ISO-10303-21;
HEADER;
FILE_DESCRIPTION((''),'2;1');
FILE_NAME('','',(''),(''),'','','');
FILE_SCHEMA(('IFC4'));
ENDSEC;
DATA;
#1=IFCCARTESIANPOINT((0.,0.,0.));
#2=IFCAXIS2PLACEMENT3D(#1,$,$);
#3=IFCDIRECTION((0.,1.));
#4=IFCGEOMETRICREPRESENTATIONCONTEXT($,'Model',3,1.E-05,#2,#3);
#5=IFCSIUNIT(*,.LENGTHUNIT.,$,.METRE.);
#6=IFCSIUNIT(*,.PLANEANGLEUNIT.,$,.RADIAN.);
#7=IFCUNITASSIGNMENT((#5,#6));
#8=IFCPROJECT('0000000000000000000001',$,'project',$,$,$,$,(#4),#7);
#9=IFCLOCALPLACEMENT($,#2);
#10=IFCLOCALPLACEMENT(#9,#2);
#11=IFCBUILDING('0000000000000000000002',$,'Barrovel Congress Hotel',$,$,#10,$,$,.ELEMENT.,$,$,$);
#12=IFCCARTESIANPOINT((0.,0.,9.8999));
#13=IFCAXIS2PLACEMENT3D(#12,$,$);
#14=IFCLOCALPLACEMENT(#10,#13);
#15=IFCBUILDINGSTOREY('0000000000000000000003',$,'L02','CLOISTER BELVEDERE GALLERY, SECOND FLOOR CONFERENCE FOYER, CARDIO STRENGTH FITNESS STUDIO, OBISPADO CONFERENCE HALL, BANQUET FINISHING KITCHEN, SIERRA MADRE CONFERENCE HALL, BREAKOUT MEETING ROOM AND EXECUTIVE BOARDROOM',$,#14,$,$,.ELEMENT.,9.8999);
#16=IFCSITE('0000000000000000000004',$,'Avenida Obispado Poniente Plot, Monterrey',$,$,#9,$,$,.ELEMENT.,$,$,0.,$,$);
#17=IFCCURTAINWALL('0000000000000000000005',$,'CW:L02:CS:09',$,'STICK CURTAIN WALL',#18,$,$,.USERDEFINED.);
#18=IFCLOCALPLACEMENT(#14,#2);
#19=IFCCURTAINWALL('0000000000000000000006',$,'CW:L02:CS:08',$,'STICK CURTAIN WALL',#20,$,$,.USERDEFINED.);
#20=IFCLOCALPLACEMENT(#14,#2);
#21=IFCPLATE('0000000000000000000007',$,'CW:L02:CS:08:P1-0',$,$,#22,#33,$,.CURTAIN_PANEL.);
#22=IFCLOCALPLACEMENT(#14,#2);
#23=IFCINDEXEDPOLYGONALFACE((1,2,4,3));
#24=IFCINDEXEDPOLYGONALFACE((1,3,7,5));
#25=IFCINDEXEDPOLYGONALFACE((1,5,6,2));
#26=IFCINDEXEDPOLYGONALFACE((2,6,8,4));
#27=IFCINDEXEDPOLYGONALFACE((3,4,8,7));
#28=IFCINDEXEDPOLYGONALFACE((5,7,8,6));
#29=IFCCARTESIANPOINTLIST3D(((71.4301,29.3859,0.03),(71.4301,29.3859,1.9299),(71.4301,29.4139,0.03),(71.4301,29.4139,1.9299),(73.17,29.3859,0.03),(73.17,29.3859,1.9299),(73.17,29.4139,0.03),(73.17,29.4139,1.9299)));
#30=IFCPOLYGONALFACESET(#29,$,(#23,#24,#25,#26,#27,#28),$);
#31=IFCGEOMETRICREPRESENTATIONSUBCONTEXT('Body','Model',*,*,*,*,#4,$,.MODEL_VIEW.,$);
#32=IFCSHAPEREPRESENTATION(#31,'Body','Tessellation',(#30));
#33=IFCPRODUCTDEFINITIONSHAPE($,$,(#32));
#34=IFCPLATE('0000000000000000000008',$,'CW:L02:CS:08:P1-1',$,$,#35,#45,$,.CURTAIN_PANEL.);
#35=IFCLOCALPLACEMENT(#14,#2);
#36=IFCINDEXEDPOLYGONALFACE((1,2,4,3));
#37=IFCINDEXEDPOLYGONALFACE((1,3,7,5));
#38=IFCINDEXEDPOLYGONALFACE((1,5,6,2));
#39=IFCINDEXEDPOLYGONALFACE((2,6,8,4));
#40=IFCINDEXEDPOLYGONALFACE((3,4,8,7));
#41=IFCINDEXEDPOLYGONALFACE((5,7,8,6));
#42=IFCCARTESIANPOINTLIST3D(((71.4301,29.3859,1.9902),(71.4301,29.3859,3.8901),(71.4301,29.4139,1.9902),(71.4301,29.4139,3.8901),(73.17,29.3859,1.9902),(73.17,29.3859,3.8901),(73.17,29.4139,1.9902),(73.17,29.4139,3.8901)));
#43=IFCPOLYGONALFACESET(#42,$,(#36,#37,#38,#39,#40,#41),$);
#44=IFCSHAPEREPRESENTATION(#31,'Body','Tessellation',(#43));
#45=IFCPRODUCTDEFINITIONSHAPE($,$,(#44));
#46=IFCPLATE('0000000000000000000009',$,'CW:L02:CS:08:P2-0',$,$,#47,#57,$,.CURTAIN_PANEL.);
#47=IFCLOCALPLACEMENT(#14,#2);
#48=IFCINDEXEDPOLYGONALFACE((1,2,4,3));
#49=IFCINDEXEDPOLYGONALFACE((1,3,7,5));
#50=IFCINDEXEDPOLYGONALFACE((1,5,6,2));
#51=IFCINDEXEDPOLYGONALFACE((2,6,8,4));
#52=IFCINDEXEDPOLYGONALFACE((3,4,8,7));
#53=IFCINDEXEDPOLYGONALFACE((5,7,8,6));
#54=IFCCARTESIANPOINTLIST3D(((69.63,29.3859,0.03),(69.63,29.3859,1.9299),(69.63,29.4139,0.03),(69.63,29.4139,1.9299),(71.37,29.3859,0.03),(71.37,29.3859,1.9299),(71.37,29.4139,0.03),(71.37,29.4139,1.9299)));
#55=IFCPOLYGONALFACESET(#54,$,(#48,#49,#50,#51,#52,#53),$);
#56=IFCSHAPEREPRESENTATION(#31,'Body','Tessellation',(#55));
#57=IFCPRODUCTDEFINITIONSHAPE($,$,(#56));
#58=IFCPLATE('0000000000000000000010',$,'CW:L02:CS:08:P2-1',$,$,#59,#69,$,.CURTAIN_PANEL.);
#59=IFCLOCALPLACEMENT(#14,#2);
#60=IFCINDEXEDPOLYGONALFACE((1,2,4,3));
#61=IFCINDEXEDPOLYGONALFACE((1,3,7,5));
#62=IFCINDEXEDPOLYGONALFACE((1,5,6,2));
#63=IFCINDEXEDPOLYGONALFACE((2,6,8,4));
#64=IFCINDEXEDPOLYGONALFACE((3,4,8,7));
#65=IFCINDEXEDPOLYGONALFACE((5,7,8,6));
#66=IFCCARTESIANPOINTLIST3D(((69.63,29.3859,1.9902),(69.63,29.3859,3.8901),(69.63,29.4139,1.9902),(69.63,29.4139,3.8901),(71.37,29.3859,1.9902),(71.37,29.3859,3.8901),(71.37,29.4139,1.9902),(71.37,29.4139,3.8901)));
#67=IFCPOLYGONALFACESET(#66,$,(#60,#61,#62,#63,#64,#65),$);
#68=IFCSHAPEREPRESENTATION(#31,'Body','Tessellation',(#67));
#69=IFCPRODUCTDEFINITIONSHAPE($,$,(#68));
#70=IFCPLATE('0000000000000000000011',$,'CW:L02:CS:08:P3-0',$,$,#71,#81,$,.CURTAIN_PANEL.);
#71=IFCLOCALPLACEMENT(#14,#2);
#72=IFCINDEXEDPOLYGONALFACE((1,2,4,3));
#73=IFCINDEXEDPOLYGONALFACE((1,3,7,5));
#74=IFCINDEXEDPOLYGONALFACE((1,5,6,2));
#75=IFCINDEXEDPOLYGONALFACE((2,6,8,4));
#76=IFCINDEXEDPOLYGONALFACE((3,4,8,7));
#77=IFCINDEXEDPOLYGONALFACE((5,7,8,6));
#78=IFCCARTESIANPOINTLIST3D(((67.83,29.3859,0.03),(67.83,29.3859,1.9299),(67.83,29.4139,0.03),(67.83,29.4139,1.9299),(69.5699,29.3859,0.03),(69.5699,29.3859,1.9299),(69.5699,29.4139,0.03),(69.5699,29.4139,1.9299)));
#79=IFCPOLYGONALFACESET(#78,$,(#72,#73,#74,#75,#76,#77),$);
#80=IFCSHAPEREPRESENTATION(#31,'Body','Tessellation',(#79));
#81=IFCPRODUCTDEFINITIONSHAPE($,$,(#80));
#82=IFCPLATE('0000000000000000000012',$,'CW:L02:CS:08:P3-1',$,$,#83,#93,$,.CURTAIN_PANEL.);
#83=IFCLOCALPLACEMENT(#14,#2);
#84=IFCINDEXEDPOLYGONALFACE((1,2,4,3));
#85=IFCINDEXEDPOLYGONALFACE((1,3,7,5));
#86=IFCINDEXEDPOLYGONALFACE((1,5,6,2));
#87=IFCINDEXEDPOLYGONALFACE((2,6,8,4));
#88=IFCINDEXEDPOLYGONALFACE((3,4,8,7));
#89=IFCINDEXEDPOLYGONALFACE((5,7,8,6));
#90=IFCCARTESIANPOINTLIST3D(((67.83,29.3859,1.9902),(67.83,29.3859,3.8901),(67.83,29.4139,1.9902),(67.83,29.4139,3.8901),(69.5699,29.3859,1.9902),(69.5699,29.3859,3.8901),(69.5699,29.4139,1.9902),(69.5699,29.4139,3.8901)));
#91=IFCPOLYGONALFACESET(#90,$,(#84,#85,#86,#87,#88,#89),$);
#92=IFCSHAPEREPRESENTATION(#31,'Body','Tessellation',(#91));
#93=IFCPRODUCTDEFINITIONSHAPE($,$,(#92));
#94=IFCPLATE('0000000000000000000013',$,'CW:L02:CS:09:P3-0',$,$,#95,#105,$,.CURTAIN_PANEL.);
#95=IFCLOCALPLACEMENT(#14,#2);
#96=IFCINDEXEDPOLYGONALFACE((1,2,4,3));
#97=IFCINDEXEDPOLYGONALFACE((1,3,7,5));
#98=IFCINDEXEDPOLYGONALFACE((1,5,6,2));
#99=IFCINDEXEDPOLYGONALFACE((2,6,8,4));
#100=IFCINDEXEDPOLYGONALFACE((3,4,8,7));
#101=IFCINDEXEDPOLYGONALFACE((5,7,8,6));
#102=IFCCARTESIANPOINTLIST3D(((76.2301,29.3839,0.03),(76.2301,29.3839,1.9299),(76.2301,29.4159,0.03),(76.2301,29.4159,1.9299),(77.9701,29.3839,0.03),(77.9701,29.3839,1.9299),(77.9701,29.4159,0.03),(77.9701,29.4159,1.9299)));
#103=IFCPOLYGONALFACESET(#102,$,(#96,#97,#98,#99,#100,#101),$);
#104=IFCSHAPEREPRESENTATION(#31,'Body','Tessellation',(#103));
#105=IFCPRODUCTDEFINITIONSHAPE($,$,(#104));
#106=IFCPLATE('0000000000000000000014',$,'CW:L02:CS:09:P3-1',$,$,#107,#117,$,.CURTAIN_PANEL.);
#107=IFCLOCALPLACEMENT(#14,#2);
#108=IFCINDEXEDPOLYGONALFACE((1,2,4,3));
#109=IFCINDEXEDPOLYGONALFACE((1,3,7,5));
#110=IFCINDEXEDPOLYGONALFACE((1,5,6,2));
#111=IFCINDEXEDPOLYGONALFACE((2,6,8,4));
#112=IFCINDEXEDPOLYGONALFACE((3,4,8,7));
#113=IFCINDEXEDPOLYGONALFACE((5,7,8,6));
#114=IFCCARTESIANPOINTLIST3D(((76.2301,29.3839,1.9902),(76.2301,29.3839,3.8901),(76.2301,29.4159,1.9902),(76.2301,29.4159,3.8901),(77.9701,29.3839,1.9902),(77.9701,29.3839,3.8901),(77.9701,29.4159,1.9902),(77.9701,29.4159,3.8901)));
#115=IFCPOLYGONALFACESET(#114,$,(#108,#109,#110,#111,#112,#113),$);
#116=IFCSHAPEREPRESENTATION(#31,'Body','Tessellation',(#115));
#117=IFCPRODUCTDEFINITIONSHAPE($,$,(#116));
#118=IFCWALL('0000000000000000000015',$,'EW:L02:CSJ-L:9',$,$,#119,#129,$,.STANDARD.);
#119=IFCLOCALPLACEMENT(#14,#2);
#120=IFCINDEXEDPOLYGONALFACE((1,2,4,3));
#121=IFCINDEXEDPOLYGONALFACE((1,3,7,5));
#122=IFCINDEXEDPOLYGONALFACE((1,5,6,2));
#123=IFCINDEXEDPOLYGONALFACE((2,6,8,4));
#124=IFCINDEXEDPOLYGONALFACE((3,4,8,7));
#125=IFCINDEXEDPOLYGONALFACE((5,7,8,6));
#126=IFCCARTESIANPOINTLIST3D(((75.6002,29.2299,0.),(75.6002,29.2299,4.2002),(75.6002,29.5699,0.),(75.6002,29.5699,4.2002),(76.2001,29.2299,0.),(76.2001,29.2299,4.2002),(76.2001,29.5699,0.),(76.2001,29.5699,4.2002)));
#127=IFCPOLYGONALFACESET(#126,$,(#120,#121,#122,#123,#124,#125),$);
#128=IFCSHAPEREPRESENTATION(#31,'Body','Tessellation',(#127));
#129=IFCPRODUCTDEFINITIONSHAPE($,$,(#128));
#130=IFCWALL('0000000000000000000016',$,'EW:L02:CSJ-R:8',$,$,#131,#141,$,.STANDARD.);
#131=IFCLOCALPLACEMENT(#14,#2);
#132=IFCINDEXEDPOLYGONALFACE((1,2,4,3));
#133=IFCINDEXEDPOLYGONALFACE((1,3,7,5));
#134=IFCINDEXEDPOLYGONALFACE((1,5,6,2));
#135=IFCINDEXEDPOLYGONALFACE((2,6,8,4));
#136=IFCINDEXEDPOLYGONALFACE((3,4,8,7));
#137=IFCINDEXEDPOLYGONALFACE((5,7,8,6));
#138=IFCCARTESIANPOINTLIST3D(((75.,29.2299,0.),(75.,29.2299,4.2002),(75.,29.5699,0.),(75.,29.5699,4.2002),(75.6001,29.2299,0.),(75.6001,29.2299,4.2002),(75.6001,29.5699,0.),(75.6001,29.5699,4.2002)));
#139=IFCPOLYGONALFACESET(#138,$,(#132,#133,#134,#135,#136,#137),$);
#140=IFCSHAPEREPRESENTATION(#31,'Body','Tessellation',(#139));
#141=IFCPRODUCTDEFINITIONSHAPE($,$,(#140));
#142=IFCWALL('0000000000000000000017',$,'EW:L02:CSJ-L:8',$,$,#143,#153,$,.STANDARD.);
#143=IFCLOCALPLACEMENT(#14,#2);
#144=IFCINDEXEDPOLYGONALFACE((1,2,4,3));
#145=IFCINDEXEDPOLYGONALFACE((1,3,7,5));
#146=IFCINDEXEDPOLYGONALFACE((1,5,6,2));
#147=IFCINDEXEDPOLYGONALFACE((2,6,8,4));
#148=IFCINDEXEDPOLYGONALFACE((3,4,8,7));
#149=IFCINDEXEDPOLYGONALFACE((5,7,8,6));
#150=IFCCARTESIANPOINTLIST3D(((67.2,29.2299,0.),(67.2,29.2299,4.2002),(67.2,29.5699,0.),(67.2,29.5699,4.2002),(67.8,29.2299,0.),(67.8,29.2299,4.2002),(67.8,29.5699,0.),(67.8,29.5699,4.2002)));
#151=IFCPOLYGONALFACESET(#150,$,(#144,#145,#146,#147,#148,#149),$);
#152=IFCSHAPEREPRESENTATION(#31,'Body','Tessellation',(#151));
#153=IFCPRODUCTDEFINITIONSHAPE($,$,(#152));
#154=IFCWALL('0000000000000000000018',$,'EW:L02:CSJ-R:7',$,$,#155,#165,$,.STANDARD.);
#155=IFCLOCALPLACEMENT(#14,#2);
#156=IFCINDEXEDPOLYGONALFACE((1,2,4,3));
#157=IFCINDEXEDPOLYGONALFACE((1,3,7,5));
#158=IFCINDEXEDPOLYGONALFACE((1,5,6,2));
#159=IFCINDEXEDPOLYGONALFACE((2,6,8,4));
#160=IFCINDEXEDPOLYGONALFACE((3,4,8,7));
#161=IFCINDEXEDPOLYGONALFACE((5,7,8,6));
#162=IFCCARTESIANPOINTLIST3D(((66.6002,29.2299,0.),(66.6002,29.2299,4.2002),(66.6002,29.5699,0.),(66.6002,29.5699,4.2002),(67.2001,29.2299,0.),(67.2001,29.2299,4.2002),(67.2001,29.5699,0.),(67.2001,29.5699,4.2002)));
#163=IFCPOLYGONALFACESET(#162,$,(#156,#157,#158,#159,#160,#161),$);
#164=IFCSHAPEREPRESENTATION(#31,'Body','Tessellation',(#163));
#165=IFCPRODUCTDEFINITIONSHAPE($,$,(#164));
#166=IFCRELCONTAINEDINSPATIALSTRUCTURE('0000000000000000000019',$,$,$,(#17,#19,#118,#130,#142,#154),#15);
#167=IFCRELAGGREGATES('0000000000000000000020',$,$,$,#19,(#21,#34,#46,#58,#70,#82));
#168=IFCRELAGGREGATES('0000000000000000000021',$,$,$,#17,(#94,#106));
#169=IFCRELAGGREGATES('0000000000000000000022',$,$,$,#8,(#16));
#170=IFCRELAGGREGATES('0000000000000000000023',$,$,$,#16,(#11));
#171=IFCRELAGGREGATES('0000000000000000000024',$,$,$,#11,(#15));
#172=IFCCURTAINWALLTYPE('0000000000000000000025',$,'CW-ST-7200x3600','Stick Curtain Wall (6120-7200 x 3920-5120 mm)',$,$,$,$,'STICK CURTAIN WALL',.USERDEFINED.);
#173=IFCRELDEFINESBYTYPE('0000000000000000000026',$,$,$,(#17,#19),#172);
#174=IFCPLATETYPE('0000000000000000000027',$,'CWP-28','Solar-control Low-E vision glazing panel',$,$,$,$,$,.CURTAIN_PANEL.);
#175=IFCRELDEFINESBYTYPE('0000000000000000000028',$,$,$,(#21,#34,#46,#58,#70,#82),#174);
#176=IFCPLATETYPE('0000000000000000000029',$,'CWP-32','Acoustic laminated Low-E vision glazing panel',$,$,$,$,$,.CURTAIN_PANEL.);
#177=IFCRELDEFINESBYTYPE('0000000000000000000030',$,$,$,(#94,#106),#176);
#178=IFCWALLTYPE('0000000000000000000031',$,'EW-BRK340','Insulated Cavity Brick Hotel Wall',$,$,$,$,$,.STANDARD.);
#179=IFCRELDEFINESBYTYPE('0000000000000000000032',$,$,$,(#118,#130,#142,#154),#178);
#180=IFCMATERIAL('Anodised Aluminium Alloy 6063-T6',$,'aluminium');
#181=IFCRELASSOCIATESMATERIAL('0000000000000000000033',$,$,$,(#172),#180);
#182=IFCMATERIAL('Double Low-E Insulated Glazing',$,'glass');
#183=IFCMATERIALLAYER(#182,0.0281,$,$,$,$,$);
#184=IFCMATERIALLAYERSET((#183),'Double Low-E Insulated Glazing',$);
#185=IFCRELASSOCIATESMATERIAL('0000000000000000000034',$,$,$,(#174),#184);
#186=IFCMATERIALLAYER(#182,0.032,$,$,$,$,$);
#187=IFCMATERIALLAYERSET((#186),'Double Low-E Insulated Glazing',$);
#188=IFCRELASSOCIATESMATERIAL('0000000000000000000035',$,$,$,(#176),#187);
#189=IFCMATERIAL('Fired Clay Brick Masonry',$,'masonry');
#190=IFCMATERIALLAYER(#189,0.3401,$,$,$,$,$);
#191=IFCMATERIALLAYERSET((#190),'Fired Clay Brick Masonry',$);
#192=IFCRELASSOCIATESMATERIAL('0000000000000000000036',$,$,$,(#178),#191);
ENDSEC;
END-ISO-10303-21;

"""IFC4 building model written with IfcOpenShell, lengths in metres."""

from ifc_helpers import new_model, si_unit, direction, frame, frame_2d, origin, origin_2d, place, context, subcontext, project, spatial, rectangle, extrude, material, layer, layer_set, type_object, element, aggregate, save


model = new_model("IFC4")

# Units and contexts
model_context = context("Model", 3, precision=1e-05, world=origin(), true_north=direction((0.0, 1.0)))
body_context = subcontext(model_context, "Body", "Model", "MODEL_VIEW")
ifc_project = project(units=[si_unit("LENGTHUNIT", "METRE"), si_unit("PLANEANGLEUNIT", "RADIAN")], contexts=[model_context])

# Site, building, storey
site_placement = place(None, origin())
site = spatial("IfcSite", under=ifc_project, at=site_placement, Name="Avenida Obispado Poniente Plot, Monterrey", CompositionType="ELEMENT", RefElevation=0.0)
building_placement = place(site_placement, origin())
building = spatial("IfcBuilding", under=site, at=building_placement, Name="Barrovel Congress Hotel", CompositionType="ELEMENT")
storey_placement = place(building_placement, frame((0.0, 0.0, 9.8999)))
storey = spatial("IfcBuildingStorey", under=building, at=storey_placement, Name="L02", Description="CLOISTER BELVEDERE GALLERY, SECOND FLOOR CONFERENCE FOYER, CARDIO STRENGTH FITNESS STUDIO, OBISPADO CONFERENCE HALL, BANQUET FINISHING KITCHEN, SIERRA MADRE CONFERENCE HALL, BREAKOUT MEETING ROOM AND EXECUTIVE BOARDROOM", CompositionType="ELEMENT", Elevation=9.8999)

# Curtain wall
ifc_material_1 = material(Name="Anodised Aluminium Alloy 6063-T6", Category="aluminium")
curtain_wall_type = type_object("IfcCurtainWallType", Name="CW-ST-7200x3600", Description="Stick Curtain Wall (6120-7200 x 3920-5120 mm)", ElementType="STICK CURTAIN WALL", PredefinedType="USERDEFINED", material=ifc_material_1)
curtain_wall_1_placement = place(storey_placement, origin())
curtain_wall_1 = element("IfcCurtainWall", 1, at=curtain_wall_1_placement, inside=storey, type_object=curtain_wall_type, Name="CW:L02:CS:09", ObjectType="STICK CURTAIN WALL", PredefinedType="USERDEFINED")

# Curtain wall, plates
curtain_wall_2_placement = place(storey_placement, origin())
curtain_wall_2 = element("IfcCurtainWall", 2, at=curtain_wall_2_placement, inside=storey, type_object=curtain_wall_type, Name="CW:L02:CS:08", ObjectType="STICK CURTAIN WALL", PredefinedType="USERDEFINED")
ifc_material_2 = material(Name="Double Low-E Insulated Glazing", Category="glass")
ifc_layer_1 = layer(ifc_material_2, 0.0281)
ifc_layer_set_1 = layer_set([ifc_layer_1], Name="Double Low-E Insulated Glazing")
plate_type_1 = type_object("IfcPlateType", Name="CWP-28", Description="Solar-control Low-E vision glazing panel", PredefinedType="CURTAIN_PANEL", material=ifc_layer_set_1)
plate_1_placement = place(storey_placement, frame((72.3, 29.3999, 0.03), z_axis=(0.0, 0.0, 1.0), x_axis=(-1.0, 0.0, 0.0)))
plate_1 = element("IfcPlate", 3, at=plate_1_placement, type_object=plate_type_1, Name="CW:L02:CS:08:P1-0", PredefinedType="CURTAIN_PANEL", context=body_context, shape_type="SweptSolid", body=[
    extrude(rectangle(XDim=1.74, YDim=0.0281, at=origin_2d()), origin(), (0.0, 0.0, 1.0), 1.8999),
])
plate_2_placement = place(storey_placement, frame((72.3, 29.3999, 1.9902), z_axis=(0.0, 0.0, 1.0), x_axis=(-1.0, 0.0, 0.0)))
plate_2 = element("IfcPlate", 4, at=plate_2_placement, type_object=plate_type_1, Name="CW:L02:CS:08:P1-1", PredefinedType="CURTAIN_PANEL", context=body_context, shape_type="SweptSolid", body=[
    extrude(rectangle(XDim=1.74, YDim=0.0281, at=origin_2d()), origin(), (0.0, 0.0, 1.0), 1.8999),
])
plate_3_placement = place(storey_placement, frame((70.5, 29.3999, 0.03), z_axis=(0.0, 0.0, 1.0), x_axis=(-1.0, 0.0, 0.0)))
plate_3 = element("IfcPlate", 5, at=plate_3_placement, type_object=plate_type_1, Name="CW:L02:CS:08:P2-0", PredefinedType="CURTAIN_PANEL", context=body_context, shape_type="SweptSolid", body=[
    extrude(rectangle(XDim=1.74, YDim=0.0281, at=origin_2d()), origin(), (0.0, 0.0, 1.0), 1.8999),
])
plate_4_placement = place(storey_placement, frame((70.5, 29.3999, 1.9902), z_axis=(0.0, 0.0, 1.0), x_axis=(-1.0, 0.0, 0.0)))
plate_4 = element("IfcPlate", 6, at=plate_4_placement, type_object=plate_type_1, Name="CW:L02:CS:08:P2-1", PredefinedType="CURTAIN_PANEL", context=body_context, shape_type="SweptSolid", body=[
    extrude(rectangle(XDim=1.74, YDim=0.0281, at=origin_2d()), origin(), (0.0, 0.0, 1.0), 1.8999),
])
plate_5_placement = place(storey_placement, frame((68.7, 29.3999, 0.03), z_axis=(0.0, 0.0, 1.0), x_axis=(-1.0, 0.0, 0.0)))
plate_5 = element("IfcPlate", 7, at=plate_5_placement, type_object=plate_type_1, Name="CW:L02:CS:08:P3-0", PredefinedType="CURTAIN_PANEL", context=body_context, shape_type="SweptSolid", body=[
    extrude(rectangle(XDim=1.74, YDim=0.0281, at=origin_2d()), origin(), (0.0, 0.0, 1.0), 1.8999),
])
plate_6_placement = place(storey_placement, frame((68.7, 29.3999, 1.9902), z_axis=(0.0, 0.0, 1.0), x_axis=(-1.0, 0.0, 0.0)))
plate_6 = element("IfcPlate", 8, at=plate_6_placement, type_object=plate_type_1, Name="CW:L02:CS:08:P3-1", PredefinedType="CURTAIN_PANEL", context=body_context, shape_type="SweptSolid", body=[
    extrude(rectangle(XDim=1.74, YDim=0.0281, at=origin_2d()), origin(), (0.0, 0.0, 1.0), 1.8999),
])
aggregate(curtain_wall_2, [plate_1, plate_2, plate_3, plate_4, plate_5, plate_6])

# Plates
ifc_layer_2 = layer(ifc_material_2, 0.032)
ifc_layer_set_2 = layer_set([ifc_layer_2], Name="Double Low-E Insulated Glazing")
plate_type_2 = type_object("IfcPlateType", Name="CWP-32", Description="Acoustic laminated Low-E vision glazing panel", PredefinedType="CURTAIN_PANEL", material=ifc_layer_set_2)
plate_7_placement = place(storey_placement, frame((77.1001, 29.3999, 0.03), z_axis=(0.0, 0.0, 1.0), x_axis=(-1.0, 0.0, 0.0)))
plate_7 = element("IfcPlate", 9, at=plate_7_placement, type_object=plate_type_2, Name="CW:L02:CS:09:P3-0", PredefinedType="CURTAIN_PANEL", context=body_context, shape_type="SweptSolid", body=[
    extrude(rectangle(XDim=1.74, YDim=0.032, at=origin_2d()), origin(), (0.0, 0.0, 1.0), 1.8999),
])
plate_8_placement = place(storey_placement, frame((77.1001, 29.3999, 1.9902), z_axis=(0.0, 0.0, 1.0), x_axis=(-1.0, 0.0, 0.0)))
plate_8 = element("IfcPlate", 10, at=plate_8_placement, type_object=plate_type_2, Name="CW:L02:CS:09:P3-1", PredefinedType="CURTAIN_PANEL", context=body_context, shape_type="SweptSolid", body=[
    extrude(rectangle(XDim=1.74, YDim=0.032, at=origin_2d()), origin(), (0.0, 0.0, 1.0), 1.8999),
])
aggregate(curtain_wall_1, [plate_7, plate_8])

# Walls
ifc_material_3 = material(Name="Fired Clay Brick Masonry", Category="masonry")
ifc_layer_3 = layer(ifc_material_3, 0.3401)
ifc_layer_set_3 = layer_set([ifc_layer_3], Name="Fired Clay Brick Masonry")
wall_type = type_object("IfcWallType", Name="EW-BRK340", Description="Insulated Cavity Brick Hotel Wall", PredefinedType="STANDARD", material=ifc_layer_set_3)
wall_1_placement = place(storey_placement, frame((76.2, 29.3999, 0.0), z_axis=(0.0, 0.0, 1.0), x_axis=(-1.0, 0.0, 0.0)))
element("IfcWall", 11, at=wall_1_placement, inside=storey, type_object=wall_type, Name="EW:L02:CSJ-L:9", PredefinedType="STANDARD", context=body_context, shape_type="SweptSolid", body=[
    extrude(rectangle(XDim=0.5999, YDim=0.3401, at=frame_2d((0.2998, 0.0))), origin(), (0.0, 0.0, 1.0), 4.2002),
])
for number, where, z_axis, x_axis, name in (
    (12, (75.6001, 29.3999, 0.0), (0.0, 0.0, 1.0), (-1.0, 0.0, 0.0), "EW:L02:CSJ-R:8"),
    (13, (67.8, 29.3999, 0.0), (0.0, 0.0, 1.0), (-1.0, 0.0, 0.0), "EW:L02:CSJ-L:8"),
):
    element("IfcWall", number, at=place(storey_placement, frame(where, z_axis=z_axis, x_axis=x_axis)), inside=storey, type_object=wall_type, Name=name, PredefinedType="STANDARD", context=body_context, shape_type="SweptSolid", body=[
        extrude(rectangle(XDim=0.6001, YDim=0.3401, at=frame_2d((0.3, 0.0))), origin(), (0.0, 0.0, 1.0), 4.2002),
    ])
wall_2_placement = place(storey_placement, frame((67.2, 29.3999, 0.0), z_axis=(0.0, 0.0, 1.0), x_axis=(-1.0, 0.0, 0.0)))
element("IfcWall", 14, at=wall_2_placement, inside=storey, type_object=wall_type, Name="EW:L02:CSJ-R:7", PredefinedType="STANDARD", context=body_context, shape_type="SweptSolid", body=[
    extrude(rectangle(XDim=0.5999, YDim=0.3401, at=frame_2d((0.2998, 0.0))), origin(), (0.0, 0.0, 1.0), 4.2002),
])

save(model, "model.ifc")
